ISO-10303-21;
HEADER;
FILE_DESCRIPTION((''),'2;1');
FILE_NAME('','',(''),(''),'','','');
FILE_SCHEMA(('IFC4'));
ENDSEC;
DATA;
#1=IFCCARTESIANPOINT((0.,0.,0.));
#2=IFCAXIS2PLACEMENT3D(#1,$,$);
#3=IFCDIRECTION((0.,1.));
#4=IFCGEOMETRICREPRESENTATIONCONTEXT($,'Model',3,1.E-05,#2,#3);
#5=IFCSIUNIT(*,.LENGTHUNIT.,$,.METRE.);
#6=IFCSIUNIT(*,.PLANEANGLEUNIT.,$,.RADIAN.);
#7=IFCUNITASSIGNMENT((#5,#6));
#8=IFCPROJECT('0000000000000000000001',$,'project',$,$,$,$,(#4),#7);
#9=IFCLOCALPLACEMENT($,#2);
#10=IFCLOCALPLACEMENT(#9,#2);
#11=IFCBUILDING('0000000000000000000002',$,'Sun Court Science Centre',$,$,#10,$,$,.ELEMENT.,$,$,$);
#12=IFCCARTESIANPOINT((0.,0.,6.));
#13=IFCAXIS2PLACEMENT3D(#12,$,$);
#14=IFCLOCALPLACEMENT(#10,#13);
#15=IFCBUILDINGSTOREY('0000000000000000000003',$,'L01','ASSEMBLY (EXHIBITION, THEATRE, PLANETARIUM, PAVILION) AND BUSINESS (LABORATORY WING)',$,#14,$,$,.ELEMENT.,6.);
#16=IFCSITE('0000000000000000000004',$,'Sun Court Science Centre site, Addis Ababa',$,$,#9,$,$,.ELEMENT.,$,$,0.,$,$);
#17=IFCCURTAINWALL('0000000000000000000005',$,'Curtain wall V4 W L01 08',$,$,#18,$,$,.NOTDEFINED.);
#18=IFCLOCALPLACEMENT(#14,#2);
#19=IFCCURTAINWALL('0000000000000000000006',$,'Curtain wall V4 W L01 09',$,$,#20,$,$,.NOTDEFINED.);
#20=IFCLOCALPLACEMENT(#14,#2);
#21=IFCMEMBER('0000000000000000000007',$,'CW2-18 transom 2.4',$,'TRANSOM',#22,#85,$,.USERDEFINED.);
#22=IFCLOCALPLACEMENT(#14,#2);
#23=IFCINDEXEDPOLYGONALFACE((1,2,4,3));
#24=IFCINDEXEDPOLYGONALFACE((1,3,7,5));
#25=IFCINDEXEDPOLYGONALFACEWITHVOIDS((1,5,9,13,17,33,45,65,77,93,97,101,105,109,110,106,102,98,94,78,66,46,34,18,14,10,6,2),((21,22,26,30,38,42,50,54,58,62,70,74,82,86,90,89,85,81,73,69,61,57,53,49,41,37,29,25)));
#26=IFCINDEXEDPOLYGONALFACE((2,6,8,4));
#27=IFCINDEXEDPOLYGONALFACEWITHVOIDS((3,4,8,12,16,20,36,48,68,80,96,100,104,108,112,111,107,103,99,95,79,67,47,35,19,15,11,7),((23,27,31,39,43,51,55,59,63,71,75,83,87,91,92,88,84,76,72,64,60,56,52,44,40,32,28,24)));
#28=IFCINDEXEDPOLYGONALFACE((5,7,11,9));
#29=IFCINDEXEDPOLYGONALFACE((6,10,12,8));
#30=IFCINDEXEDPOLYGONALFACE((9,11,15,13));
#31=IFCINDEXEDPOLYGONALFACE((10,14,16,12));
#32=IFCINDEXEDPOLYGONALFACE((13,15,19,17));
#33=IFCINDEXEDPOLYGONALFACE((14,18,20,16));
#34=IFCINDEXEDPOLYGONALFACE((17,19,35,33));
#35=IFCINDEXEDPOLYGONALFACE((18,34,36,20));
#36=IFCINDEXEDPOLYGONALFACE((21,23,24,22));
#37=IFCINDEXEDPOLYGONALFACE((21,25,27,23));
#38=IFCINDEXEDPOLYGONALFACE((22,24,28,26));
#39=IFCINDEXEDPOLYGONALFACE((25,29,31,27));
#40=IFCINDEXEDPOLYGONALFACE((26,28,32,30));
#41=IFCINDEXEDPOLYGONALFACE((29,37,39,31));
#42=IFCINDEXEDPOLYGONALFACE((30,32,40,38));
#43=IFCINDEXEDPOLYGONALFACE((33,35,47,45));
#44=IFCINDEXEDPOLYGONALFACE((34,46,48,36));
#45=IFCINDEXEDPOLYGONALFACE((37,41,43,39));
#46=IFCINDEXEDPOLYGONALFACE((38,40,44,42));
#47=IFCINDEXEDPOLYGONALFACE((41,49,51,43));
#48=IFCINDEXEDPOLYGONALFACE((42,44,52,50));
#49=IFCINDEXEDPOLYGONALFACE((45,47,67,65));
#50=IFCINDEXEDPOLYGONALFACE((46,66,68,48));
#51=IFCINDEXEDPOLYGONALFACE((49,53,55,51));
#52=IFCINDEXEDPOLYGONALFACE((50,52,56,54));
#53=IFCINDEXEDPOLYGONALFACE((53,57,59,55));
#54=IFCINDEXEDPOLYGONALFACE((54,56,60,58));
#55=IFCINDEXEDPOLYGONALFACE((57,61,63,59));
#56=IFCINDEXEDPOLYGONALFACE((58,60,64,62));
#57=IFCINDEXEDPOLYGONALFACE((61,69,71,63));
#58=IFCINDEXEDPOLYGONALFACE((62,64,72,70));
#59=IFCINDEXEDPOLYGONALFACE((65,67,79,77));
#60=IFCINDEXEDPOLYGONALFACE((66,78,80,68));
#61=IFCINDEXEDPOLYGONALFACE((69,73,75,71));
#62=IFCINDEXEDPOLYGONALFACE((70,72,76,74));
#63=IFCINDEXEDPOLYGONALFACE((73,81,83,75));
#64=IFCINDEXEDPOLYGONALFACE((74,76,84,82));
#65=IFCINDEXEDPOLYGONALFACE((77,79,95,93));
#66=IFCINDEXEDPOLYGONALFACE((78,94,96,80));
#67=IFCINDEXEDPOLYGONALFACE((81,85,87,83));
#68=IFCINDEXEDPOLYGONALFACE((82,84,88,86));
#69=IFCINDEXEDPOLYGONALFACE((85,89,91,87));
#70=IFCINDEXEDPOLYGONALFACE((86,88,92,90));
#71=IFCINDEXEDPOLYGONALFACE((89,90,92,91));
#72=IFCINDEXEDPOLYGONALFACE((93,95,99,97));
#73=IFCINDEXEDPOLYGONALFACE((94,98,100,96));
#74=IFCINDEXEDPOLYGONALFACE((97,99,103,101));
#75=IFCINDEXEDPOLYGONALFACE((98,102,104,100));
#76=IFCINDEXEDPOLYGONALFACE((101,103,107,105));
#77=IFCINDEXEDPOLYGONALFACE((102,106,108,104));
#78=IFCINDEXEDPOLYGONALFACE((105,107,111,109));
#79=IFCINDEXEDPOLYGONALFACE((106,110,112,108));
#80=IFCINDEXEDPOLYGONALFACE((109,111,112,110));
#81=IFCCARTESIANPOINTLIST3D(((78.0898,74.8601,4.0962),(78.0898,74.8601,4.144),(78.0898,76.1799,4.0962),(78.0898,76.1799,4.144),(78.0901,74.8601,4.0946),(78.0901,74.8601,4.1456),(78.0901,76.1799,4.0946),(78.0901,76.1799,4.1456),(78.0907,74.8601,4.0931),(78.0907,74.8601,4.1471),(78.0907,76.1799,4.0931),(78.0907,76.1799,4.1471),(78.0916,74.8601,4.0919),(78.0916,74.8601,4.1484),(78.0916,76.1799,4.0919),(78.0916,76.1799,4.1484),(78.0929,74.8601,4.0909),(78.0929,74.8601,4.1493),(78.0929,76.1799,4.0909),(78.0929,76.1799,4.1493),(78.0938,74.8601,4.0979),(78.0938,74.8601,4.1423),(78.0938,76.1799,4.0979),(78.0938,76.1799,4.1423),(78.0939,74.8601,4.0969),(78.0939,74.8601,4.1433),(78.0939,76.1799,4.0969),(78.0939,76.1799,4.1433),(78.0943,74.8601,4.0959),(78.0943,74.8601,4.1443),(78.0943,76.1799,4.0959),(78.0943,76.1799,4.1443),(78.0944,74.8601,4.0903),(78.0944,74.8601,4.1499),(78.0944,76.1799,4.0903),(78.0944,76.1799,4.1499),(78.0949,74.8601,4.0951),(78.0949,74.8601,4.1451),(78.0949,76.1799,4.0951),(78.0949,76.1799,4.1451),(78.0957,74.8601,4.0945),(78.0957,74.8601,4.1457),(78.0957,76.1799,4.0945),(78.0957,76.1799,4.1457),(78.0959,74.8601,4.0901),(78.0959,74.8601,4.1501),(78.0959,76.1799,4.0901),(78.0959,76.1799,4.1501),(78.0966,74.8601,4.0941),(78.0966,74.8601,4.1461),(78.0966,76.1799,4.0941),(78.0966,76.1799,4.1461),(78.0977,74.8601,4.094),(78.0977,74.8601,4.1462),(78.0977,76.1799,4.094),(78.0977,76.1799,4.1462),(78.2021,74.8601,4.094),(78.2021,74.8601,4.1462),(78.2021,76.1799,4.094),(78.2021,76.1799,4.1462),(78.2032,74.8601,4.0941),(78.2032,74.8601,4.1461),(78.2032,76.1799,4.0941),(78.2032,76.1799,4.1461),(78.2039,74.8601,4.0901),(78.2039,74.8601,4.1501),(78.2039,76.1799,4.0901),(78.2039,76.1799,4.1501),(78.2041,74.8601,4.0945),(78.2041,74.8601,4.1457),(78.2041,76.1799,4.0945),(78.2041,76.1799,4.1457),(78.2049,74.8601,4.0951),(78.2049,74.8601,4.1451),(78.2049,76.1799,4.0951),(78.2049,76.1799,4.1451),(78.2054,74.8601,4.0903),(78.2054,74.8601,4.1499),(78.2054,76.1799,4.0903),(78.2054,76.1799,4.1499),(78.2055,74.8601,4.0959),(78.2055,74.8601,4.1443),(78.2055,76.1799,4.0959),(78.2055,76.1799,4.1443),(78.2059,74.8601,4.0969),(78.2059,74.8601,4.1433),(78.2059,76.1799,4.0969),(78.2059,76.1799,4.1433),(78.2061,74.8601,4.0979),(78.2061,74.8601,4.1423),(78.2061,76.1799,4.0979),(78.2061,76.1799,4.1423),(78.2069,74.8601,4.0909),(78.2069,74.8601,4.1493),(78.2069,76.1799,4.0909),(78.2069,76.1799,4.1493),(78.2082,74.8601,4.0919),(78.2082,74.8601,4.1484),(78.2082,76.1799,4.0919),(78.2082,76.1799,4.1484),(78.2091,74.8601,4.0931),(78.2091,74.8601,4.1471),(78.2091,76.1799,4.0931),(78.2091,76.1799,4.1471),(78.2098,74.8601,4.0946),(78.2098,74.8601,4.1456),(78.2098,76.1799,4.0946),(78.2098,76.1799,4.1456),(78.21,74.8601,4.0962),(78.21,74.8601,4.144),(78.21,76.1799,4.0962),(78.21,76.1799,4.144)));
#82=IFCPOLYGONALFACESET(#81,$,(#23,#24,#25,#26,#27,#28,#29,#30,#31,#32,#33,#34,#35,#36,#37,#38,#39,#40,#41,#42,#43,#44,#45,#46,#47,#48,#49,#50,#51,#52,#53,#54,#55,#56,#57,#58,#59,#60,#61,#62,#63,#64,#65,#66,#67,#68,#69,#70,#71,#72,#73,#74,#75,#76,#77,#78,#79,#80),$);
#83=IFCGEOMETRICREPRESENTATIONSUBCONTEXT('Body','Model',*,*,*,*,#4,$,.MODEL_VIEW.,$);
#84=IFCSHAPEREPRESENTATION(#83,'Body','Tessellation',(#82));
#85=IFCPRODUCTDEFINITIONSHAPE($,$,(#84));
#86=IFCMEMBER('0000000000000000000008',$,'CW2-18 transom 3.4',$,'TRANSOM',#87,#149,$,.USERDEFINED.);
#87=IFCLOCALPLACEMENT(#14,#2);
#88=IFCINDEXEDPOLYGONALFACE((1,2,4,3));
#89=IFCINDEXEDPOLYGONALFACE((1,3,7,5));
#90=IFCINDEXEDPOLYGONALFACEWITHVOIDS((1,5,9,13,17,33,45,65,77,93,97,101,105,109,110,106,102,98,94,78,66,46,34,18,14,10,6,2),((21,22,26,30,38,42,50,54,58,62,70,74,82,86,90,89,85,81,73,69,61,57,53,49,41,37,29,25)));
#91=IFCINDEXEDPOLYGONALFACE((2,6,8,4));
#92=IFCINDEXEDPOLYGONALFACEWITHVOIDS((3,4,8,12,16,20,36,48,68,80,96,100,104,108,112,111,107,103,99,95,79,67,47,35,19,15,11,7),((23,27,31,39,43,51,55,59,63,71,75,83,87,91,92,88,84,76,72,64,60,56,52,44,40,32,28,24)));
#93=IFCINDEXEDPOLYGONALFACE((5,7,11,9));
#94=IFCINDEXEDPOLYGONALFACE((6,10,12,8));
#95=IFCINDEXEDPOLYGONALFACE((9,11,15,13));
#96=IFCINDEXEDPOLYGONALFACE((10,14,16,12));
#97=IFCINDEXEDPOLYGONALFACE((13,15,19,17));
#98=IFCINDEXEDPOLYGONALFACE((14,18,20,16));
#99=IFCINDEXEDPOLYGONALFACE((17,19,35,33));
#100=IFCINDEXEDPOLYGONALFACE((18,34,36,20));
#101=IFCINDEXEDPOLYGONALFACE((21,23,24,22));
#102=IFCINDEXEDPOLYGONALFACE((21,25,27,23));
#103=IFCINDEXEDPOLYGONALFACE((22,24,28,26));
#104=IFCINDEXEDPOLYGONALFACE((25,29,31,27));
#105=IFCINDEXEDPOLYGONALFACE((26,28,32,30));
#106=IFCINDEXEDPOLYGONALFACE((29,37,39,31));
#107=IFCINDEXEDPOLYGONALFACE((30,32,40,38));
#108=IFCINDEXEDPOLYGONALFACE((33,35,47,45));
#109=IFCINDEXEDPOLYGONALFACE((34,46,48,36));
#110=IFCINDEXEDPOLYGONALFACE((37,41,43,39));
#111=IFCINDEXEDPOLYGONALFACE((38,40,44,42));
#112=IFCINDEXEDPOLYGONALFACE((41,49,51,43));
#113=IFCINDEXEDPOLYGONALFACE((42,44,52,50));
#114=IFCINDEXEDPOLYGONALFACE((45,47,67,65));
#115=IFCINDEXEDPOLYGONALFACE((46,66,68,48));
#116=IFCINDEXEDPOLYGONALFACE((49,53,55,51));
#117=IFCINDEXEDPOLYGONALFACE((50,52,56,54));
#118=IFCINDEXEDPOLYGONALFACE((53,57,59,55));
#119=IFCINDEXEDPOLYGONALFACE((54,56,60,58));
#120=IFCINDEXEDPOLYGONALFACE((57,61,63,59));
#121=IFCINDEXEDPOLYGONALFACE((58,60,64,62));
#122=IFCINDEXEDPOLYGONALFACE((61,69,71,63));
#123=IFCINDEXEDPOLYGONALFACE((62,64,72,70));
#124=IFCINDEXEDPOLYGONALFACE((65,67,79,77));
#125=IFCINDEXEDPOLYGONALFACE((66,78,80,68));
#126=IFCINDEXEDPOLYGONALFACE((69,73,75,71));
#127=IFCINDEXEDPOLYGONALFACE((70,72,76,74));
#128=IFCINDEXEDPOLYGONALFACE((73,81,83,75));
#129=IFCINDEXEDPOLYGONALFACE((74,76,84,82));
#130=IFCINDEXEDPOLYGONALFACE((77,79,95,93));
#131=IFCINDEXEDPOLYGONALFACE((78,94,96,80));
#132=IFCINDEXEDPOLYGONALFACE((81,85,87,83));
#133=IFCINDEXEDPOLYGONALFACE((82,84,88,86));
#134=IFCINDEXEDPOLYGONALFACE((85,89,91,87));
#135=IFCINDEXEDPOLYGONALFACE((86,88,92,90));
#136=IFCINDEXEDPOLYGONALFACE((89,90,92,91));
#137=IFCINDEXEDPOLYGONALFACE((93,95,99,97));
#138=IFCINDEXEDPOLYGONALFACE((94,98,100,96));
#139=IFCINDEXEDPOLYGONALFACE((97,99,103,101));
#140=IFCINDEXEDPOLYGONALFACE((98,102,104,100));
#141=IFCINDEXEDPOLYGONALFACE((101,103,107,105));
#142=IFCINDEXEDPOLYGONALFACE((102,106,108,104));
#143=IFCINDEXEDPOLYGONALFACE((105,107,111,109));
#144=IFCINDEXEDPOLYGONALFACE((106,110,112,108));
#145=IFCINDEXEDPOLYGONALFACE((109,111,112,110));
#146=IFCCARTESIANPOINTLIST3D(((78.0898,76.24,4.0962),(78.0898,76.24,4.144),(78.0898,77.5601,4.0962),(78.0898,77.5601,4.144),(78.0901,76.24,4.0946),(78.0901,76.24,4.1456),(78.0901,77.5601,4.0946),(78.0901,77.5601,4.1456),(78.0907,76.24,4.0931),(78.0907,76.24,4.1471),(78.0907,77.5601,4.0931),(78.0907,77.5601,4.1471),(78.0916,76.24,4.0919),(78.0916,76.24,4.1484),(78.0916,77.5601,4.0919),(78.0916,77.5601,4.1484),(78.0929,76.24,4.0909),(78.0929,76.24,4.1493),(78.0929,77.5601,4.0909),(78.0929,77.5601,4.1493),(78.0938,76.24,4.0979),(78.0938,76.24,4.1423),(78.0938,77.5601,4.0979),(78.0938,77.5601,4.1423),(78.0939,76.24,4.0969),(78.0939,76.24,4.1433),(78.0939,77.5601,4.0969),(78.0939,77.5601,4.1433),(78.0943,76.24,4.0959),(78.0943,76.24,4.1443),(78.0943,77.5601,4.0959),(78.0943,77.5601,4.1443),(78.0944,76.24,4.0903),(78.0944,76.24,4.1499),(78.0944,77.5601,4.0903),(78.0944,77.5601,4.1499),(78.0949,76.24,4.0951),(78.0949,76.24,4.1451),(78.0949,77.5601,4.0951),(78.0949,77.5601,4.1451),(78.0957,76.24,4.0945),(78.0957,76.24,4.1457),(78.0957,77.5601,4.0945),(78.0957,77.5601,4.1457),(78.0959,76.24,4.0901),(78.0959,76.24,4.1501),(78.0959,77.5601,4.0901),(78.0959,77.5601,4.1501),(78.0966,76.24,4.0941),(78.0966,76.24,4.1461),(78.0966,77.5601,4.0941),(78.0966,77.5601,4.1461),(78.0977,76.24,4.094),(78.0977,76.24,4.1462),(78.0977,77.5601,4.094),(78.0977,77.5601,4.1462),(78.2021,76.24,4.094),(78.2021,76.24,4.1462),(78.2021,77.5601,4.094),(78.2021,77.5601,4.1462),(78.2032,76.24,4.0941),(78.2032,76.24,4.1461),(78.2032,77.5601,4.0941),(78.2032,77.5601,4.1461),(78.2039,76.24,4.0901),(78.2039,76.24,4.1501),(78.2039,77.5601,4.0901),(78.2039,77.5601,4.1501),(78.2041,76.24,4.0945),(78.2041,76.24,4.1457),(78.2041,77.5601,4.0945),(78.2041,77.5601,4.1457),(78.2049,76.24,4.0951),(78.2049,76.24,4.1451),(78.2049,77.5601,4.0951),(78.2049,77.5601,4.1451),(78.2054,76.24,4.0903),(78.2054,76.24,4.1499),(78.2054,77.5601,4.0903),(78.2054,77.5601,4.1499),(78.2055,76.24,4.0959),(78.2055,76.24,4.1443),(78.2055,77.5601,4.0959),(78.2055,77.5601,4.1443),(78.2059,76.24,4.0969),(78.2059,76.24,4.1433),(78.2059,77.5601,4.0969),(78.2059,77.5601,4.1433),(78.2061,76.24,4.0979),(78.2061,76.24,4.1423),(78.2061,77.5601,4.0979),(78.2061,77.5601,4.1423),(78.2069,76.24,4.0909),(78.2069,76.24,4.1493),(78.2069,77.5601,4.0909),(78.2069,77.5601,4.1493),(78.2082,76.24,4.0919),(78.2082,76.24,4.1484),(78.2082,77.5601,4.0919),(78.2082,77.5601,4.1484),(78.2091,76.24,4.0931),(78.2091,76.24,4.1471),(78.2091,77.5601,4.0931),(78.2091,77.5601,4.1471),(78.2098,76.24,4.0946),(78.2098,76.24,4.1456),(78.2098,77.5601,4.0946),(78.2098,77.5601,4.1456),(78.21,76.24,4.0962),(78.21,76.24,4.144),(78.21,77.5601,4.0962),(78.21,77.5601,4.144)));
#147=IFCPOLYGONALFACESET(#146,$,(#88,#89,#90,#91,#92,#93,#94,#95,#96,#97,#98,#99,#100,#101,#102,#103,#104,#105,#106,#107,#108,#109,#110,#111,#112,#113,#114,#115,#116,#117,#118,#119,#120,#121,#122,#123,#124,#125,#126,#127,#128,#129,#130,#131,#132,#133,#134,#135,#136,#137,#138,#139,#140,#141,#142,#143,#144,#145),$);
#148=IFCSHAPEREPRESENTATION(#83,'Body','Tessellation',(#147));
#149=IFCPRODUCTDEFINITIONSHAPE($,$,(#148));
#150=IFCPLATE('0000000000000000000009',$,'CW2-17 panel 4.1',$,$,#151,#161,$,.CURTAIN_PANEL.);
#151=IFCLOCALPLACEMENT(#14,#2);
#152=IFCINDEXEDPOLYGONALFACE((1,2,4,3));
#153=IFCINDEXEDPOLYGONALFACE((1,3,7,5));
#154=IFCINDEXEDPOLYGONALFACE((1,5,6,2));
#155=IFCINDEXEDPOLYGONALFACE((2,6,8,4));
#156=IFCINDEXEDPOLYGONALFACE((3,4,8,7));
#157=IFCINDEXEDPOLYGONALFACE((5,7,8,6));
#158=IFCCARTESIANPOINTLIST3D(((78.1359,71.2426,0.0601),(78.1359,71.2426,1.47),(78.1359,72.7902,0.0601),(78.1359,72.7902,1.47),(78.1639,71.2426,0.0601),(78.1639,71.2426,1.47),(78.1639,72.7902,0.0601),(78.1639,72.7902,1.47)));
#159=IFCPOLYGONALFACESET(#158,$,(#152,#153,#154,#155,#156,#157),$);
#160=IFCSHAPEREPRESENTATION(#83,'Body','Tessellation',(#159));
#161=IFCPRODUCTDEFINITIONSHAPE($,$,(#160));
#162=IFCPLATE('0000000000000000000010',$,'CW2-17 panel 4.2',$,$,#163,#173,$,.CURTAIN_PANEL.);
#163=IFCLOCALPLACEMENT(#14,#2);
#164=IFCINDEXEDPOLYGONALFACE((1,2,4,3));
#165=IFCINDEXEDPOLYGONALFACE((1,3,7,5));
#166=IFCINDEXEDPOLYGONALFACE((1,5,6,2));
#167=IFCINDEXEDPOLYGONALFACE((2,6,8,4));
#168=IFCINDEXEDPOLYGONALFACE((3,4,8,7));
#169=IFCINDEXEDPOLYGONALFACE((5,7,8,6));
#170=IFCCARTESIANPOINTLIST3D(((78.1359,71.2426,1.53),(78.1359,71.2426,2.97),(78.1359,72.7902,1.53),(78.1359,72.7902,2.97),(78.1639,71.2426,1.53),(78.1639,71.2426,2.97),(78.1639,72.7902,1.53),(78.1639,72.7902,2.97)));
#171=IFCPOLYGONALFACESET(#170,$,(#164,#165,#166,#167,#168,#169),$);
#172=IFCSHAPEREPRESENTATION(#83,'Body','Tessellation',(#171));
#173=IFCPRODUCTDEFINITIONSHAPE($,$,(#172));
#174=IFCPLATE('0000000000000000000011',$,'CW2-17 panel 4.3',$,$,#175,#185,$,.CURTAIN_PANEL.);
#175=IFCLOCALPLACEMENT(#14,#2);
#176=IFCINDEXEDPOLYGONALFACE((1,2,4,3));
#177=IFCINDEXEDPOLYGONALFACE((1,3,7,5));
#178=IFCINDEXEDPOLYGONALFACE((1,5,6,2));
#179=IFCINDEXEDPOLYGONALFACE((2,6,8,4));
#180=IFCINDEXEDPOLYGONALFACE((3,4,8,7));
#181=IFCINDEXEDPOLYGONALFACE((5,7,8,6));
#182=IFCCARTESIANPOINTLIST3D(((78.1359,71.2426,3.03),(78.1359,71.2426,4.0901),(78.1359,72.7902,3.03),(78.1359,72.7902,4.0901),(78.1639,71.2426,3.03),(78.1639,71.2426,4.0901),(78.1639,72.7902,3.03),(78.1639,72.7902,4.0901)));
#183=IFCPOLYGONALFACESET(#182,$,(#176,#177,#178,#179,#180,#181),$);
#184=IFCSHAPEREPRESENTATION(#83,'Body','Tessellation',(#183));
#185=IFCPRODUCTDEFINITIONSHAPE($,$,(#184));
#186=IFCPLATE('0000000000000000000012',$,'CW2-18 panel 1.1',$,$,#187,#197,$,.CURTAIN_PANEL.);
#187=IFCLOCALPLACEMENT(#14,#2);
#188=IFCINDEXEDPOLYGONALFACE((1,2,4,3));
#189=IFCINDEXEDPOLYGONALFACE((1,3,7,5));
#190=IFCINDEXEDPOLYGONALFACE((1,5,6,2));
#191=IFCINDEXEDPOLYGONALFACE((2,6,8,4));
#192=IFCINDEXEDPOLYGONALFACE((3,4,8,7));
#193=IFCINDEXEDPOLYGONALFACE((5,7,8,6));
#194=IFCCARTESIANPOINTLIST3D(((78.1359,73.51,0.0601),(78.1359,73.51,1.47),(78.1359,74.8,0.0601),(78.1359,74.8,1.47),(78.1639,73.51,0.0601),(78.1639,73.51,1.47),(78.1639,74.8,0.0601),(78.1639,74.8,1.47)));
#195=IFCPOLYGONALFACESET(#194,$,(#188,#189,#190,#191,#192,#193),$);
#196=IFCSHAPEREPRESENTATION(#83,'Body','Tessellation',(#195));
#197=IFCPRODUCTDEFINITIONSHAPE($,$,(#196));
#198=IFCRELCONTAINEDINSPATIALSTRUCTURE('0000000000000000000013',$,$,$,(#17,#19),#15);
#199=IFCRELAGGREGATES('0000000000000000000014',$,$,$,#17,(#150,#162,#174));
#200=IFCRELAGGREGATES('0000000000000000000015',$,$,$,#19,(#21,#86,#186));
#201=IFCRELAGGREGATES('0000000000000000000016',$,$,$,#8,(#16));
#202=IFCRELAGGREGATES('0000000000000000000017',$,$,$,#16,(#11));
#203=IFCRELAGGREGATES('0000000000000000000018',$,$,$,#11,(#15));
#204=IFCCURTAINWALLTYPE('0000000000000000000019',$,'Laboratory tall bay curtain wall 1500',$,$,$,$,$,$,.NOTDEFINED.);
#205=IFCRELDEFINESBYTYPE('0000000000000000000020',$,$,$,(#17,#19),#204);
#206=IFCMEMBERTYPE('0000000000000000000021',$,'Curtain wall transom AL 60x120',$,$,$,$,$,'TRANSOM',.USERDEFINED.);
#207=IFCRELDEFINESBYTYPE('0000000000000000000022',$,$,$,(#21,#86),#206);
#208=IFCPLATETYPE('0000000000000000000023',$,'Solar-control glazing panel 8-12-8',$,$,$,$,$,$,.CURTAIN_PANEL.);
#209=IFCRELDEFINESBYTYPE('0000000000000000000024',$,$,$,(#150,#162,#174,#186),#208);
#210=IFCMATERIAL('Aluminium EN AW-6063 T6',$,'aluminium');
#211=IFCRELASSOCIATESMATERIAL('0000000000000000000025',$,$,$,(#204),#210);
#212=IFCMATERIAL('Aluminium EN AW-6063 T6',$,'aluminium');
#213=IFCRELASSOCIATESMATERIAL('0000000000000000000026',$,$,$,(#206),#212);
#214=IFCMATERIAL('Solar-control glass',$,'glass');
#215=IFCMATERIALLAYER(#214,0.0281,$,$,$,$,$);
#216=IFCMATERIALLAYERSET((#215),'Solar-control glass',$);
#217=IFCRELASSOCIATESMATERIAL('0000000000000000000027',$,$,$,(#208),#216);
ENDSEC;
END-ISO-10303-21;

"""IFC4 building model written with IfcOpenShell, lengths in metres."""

from ifc_helpers import new_model, si_unit, direction, frame, origin, origin_2d, place, context, subcontext, project, spatial, rectangle, hollow_rectangle, extrude, material, layer, layer_set, material_profile, profile_set, type_object, element, aggregate, save


model = new_model("IFC4")

# Units and contexts
model_context = context("Model", 3, precision=1e-05, world=origin(), true_north=direction((0.0, 1.0)))
body_context = subcontext(model_context, "Body", "Model", "MODEL_VIEW")
ifc_project = project(units=[si_unit("LENGTHUNIT", "METRE"), si_unit("PLANEANGLEUNIT", "RADIAN")], contexts=[model_context])

# Site, building, storey
site_placement = place(None, origin())
site = spatial("IfcSite", under=ifc_project, at=site_placement, Name="Sun Court Science Centre site, Addis Ababa", CompositionType="ELEMENT", RefElevation=0.0)
building_placement = place(site_placement, origin())
building = spatial("IfcBuilding", under=site, at=building_placement, Name="Sun Court Science Centre", CompositionType="ELEMENT")
storey_placement = place(building_placement, frame((0.0, 0.0, 6.0)))
storey = spatial("IfcBuildingStorey", under=building, at=storey_placement, Name="L01", Description="ASSEMBLY (EXHIBITION, THEATRE, PLANETARIUM, PAVILION) AND BUSINESS (LABORATORY WING)", CompositionType="ELEMENT", Elevation=6.0)

# Curtain wall
ifc_material_1 = material(Name="Aluminium EN AW-6063 T6", Category="aluminium")
curtain_wall_type = type_object("IfcCurtainWallType", Name="Laboratory tall bay curtain wall 1500", PredefinedType="NOTDEFINED", material=ifc_material_1)
curtain_wall_1_placement = place(storey_placement, origin())
curtain_wall_1 = element("IfcCurtainWall", 1, at=curtain_wall_1_placement, inside=storey, type_object=curtain_wall_type, Name="Curtain wall V4 W L01 08", PredefinedType="NOTDEFINED")

# Curtain wall
curtain_wall_2_placement = place(storey_placement, origin())
curtain_wall_2 = element("IfcCurtainWall", 2, at=curtain_wall_2_placement, inside=storey, type_object=curtain_wall_type, Name="Curtain wall V4 W L01 09", PredefinedType="NOTDEFINED")

# Members
ifc_material_2 = material(Name="Aluminium EN AW-6063 T6", Category="aluminium")
ifc_material_profile_1 = material_profile(ifc_material_2, hollow_rectangle(XDim=0.0601, YDim=0.1201, WallThickness=0.0039, InnerFilletRadius=0.0039, OuterFilletRadius=0.0061, at=origin_2d()), Name="AL 60x120x4")
ifc_profile_set_1 = profile_set([ifc_material_profile_1], Name="Aluminium EN AW-6063 T6")
member_type_1 = type_object("IfcMemberType", Name="Curtain wall transom AL 60x120", ElementType="TRANSOM", PredefinedType="USERDEFINED", material=ifc_profile_set_1)
member_1_placement = place(storey_placement, frame((78.1499, 74.8601, 4.1201), z_axis=(0.0, 1.0, 0.0), x_axis=(0.0, 0.0, 1.0)))
member_1 = element("IfcMember", 3, at=member_1_placement, type_object=member_type_1, Name="CW2-18 transom 2.4", ObjectType="TRANSOM", PredefinedType="USERDEFINED", context=body_context, shape_type="SweptSolid", body=[
    extrude(hollow_rectangle(XDim=0.0601, YDim=0.1201, WallThickness=0.0039, InnerFilletRadius=0.0039, OuterFilletRadius=0.0061, at=origin_2d()), origin(), (0.0, 0.0, 1.0), 1.3198),
])
member_2_placement = place(storey_placement, frame((78.1499, 76.24, 4.1201), z_axis=(0.0, 1.0, 0.0), x_axis=(0.0, 0.0, 1.0)))
member_2 = element("IfcMember", 4, at=member_2_placement, type_object=member_type_1, Name="CW2-18 transom 3.4", ObjectType="TRANSOM", PredefinedType="USERDEFINED", context=body_context, shape_type="SweptSolid", body=[
    extrude(hollow_rectangle(XDim=0.0601, YDim=0.1201, WallThickness=0.0039, InnerFilletRadius=0.0039, OuterFilletRadius=0.0061, at=origin_2d()), origin(), (0.0, 0.0, 1.0), 1.3201),
])

# Plates
ifc_material_3 = material(Name="Solar-control glass", Category="glass")
ifc_layer_1 = layer(ifc_material_3, 0.0281)
ifc_layer_set_1 = layer_set([ifc_layer_1], Name="Solar-control glass")
plate_type = type_object("IfcPlateType", Name="Solar-control glazing panel 8-12-8", PredefinedType="CURTAIN_PANEL", material=ifc_layer_set_1)
plate_1_placement = place(storey_placement, frame((78.1499, 72.0164, 0.0601), z_axis=(0.0, 0.0, 1.0), x_axis=(0.0, 1.0, 0.0)))
plate_1 = element("IfcPlate", 5, at=plate_1_placement, type_object=plate_type, Name="CW2-17 panel 4.1", PredefinedType="CURTAIN_PANEL", context=body_context, shape_type="SweptSolid", body=[
    extrude(rectangle(XDim=1.5476, YDim=0.0281, at=origin_2d()), origin(), (0.0, 0.0, 1.0), 1.4099),
])
plate_2_placement = place(storey_placement, frame((78.1499, 72.0164, 1.53), z_axis=(0.0, 0.0, 1.0), x_axis=(0.0, 1.0, 0.0)))
plate_2 = element("IfcPlate", 6, at=plate_2_placement, type_object=plate_type, Name="CW2-17 panel 4.2", PredefinedType="CURTAIN_PANEL", context=body_context, shape_type="SweptSolid", body=[
    extrude(rectangle(XDim=1.5476, YDim=0.0281, at=origin_2d()), origin(), (0.0, 0.0, 1.0), 1.4399),
])
plate_3_placement = place(storey_placement, frame((78.1499, 72.0164, 3.03), z_axis=(0.0, 0.0, 1.0), x_axis=(0.0, 1.0, 0.0)))
plate_3 = element("IfcPlate", 7, at=plate_3_placement, type_object=plate_type, Name="CW2-17 panel 4.3", PredefinedType="CURTAIN_PANEL", context=body_context, shape_type="SweptSolid", body=[
    extrude(rectangle(XDim=1.5476, YDim=0.0281, at=origin_2d()), origin(), (0.0, 0.0, 1.0), 1.0601),
])
aggregate(curtain_wall_1, [plate_1, plate_2, plate_3])
plate_4_placement = place(storey_placement, frame((78.1499, 74.155, 0.0601), z_axis=(0.0, 0.0, 1.0), x_axis=(0.0, 1.0, 0.0)))
plate_4 = element("IfcPlate", 8, at=plate_4_placement, type_object=plate_type, Name="CW2-18 panel 1.1", PredefinedType="CURTAIN_PANEL", context=body_context, shape_type="SweptSolid", body=[
    extrude(rectangle(XDim=1.29, YDim=0.0281, at=origin_2d()), origin(), (0.0, 0.0, 1.0), 1.4099),
])
aggregate(curtain_wall_2, [member_1, member_2, plate_4])

save(model, "model.ifc")
